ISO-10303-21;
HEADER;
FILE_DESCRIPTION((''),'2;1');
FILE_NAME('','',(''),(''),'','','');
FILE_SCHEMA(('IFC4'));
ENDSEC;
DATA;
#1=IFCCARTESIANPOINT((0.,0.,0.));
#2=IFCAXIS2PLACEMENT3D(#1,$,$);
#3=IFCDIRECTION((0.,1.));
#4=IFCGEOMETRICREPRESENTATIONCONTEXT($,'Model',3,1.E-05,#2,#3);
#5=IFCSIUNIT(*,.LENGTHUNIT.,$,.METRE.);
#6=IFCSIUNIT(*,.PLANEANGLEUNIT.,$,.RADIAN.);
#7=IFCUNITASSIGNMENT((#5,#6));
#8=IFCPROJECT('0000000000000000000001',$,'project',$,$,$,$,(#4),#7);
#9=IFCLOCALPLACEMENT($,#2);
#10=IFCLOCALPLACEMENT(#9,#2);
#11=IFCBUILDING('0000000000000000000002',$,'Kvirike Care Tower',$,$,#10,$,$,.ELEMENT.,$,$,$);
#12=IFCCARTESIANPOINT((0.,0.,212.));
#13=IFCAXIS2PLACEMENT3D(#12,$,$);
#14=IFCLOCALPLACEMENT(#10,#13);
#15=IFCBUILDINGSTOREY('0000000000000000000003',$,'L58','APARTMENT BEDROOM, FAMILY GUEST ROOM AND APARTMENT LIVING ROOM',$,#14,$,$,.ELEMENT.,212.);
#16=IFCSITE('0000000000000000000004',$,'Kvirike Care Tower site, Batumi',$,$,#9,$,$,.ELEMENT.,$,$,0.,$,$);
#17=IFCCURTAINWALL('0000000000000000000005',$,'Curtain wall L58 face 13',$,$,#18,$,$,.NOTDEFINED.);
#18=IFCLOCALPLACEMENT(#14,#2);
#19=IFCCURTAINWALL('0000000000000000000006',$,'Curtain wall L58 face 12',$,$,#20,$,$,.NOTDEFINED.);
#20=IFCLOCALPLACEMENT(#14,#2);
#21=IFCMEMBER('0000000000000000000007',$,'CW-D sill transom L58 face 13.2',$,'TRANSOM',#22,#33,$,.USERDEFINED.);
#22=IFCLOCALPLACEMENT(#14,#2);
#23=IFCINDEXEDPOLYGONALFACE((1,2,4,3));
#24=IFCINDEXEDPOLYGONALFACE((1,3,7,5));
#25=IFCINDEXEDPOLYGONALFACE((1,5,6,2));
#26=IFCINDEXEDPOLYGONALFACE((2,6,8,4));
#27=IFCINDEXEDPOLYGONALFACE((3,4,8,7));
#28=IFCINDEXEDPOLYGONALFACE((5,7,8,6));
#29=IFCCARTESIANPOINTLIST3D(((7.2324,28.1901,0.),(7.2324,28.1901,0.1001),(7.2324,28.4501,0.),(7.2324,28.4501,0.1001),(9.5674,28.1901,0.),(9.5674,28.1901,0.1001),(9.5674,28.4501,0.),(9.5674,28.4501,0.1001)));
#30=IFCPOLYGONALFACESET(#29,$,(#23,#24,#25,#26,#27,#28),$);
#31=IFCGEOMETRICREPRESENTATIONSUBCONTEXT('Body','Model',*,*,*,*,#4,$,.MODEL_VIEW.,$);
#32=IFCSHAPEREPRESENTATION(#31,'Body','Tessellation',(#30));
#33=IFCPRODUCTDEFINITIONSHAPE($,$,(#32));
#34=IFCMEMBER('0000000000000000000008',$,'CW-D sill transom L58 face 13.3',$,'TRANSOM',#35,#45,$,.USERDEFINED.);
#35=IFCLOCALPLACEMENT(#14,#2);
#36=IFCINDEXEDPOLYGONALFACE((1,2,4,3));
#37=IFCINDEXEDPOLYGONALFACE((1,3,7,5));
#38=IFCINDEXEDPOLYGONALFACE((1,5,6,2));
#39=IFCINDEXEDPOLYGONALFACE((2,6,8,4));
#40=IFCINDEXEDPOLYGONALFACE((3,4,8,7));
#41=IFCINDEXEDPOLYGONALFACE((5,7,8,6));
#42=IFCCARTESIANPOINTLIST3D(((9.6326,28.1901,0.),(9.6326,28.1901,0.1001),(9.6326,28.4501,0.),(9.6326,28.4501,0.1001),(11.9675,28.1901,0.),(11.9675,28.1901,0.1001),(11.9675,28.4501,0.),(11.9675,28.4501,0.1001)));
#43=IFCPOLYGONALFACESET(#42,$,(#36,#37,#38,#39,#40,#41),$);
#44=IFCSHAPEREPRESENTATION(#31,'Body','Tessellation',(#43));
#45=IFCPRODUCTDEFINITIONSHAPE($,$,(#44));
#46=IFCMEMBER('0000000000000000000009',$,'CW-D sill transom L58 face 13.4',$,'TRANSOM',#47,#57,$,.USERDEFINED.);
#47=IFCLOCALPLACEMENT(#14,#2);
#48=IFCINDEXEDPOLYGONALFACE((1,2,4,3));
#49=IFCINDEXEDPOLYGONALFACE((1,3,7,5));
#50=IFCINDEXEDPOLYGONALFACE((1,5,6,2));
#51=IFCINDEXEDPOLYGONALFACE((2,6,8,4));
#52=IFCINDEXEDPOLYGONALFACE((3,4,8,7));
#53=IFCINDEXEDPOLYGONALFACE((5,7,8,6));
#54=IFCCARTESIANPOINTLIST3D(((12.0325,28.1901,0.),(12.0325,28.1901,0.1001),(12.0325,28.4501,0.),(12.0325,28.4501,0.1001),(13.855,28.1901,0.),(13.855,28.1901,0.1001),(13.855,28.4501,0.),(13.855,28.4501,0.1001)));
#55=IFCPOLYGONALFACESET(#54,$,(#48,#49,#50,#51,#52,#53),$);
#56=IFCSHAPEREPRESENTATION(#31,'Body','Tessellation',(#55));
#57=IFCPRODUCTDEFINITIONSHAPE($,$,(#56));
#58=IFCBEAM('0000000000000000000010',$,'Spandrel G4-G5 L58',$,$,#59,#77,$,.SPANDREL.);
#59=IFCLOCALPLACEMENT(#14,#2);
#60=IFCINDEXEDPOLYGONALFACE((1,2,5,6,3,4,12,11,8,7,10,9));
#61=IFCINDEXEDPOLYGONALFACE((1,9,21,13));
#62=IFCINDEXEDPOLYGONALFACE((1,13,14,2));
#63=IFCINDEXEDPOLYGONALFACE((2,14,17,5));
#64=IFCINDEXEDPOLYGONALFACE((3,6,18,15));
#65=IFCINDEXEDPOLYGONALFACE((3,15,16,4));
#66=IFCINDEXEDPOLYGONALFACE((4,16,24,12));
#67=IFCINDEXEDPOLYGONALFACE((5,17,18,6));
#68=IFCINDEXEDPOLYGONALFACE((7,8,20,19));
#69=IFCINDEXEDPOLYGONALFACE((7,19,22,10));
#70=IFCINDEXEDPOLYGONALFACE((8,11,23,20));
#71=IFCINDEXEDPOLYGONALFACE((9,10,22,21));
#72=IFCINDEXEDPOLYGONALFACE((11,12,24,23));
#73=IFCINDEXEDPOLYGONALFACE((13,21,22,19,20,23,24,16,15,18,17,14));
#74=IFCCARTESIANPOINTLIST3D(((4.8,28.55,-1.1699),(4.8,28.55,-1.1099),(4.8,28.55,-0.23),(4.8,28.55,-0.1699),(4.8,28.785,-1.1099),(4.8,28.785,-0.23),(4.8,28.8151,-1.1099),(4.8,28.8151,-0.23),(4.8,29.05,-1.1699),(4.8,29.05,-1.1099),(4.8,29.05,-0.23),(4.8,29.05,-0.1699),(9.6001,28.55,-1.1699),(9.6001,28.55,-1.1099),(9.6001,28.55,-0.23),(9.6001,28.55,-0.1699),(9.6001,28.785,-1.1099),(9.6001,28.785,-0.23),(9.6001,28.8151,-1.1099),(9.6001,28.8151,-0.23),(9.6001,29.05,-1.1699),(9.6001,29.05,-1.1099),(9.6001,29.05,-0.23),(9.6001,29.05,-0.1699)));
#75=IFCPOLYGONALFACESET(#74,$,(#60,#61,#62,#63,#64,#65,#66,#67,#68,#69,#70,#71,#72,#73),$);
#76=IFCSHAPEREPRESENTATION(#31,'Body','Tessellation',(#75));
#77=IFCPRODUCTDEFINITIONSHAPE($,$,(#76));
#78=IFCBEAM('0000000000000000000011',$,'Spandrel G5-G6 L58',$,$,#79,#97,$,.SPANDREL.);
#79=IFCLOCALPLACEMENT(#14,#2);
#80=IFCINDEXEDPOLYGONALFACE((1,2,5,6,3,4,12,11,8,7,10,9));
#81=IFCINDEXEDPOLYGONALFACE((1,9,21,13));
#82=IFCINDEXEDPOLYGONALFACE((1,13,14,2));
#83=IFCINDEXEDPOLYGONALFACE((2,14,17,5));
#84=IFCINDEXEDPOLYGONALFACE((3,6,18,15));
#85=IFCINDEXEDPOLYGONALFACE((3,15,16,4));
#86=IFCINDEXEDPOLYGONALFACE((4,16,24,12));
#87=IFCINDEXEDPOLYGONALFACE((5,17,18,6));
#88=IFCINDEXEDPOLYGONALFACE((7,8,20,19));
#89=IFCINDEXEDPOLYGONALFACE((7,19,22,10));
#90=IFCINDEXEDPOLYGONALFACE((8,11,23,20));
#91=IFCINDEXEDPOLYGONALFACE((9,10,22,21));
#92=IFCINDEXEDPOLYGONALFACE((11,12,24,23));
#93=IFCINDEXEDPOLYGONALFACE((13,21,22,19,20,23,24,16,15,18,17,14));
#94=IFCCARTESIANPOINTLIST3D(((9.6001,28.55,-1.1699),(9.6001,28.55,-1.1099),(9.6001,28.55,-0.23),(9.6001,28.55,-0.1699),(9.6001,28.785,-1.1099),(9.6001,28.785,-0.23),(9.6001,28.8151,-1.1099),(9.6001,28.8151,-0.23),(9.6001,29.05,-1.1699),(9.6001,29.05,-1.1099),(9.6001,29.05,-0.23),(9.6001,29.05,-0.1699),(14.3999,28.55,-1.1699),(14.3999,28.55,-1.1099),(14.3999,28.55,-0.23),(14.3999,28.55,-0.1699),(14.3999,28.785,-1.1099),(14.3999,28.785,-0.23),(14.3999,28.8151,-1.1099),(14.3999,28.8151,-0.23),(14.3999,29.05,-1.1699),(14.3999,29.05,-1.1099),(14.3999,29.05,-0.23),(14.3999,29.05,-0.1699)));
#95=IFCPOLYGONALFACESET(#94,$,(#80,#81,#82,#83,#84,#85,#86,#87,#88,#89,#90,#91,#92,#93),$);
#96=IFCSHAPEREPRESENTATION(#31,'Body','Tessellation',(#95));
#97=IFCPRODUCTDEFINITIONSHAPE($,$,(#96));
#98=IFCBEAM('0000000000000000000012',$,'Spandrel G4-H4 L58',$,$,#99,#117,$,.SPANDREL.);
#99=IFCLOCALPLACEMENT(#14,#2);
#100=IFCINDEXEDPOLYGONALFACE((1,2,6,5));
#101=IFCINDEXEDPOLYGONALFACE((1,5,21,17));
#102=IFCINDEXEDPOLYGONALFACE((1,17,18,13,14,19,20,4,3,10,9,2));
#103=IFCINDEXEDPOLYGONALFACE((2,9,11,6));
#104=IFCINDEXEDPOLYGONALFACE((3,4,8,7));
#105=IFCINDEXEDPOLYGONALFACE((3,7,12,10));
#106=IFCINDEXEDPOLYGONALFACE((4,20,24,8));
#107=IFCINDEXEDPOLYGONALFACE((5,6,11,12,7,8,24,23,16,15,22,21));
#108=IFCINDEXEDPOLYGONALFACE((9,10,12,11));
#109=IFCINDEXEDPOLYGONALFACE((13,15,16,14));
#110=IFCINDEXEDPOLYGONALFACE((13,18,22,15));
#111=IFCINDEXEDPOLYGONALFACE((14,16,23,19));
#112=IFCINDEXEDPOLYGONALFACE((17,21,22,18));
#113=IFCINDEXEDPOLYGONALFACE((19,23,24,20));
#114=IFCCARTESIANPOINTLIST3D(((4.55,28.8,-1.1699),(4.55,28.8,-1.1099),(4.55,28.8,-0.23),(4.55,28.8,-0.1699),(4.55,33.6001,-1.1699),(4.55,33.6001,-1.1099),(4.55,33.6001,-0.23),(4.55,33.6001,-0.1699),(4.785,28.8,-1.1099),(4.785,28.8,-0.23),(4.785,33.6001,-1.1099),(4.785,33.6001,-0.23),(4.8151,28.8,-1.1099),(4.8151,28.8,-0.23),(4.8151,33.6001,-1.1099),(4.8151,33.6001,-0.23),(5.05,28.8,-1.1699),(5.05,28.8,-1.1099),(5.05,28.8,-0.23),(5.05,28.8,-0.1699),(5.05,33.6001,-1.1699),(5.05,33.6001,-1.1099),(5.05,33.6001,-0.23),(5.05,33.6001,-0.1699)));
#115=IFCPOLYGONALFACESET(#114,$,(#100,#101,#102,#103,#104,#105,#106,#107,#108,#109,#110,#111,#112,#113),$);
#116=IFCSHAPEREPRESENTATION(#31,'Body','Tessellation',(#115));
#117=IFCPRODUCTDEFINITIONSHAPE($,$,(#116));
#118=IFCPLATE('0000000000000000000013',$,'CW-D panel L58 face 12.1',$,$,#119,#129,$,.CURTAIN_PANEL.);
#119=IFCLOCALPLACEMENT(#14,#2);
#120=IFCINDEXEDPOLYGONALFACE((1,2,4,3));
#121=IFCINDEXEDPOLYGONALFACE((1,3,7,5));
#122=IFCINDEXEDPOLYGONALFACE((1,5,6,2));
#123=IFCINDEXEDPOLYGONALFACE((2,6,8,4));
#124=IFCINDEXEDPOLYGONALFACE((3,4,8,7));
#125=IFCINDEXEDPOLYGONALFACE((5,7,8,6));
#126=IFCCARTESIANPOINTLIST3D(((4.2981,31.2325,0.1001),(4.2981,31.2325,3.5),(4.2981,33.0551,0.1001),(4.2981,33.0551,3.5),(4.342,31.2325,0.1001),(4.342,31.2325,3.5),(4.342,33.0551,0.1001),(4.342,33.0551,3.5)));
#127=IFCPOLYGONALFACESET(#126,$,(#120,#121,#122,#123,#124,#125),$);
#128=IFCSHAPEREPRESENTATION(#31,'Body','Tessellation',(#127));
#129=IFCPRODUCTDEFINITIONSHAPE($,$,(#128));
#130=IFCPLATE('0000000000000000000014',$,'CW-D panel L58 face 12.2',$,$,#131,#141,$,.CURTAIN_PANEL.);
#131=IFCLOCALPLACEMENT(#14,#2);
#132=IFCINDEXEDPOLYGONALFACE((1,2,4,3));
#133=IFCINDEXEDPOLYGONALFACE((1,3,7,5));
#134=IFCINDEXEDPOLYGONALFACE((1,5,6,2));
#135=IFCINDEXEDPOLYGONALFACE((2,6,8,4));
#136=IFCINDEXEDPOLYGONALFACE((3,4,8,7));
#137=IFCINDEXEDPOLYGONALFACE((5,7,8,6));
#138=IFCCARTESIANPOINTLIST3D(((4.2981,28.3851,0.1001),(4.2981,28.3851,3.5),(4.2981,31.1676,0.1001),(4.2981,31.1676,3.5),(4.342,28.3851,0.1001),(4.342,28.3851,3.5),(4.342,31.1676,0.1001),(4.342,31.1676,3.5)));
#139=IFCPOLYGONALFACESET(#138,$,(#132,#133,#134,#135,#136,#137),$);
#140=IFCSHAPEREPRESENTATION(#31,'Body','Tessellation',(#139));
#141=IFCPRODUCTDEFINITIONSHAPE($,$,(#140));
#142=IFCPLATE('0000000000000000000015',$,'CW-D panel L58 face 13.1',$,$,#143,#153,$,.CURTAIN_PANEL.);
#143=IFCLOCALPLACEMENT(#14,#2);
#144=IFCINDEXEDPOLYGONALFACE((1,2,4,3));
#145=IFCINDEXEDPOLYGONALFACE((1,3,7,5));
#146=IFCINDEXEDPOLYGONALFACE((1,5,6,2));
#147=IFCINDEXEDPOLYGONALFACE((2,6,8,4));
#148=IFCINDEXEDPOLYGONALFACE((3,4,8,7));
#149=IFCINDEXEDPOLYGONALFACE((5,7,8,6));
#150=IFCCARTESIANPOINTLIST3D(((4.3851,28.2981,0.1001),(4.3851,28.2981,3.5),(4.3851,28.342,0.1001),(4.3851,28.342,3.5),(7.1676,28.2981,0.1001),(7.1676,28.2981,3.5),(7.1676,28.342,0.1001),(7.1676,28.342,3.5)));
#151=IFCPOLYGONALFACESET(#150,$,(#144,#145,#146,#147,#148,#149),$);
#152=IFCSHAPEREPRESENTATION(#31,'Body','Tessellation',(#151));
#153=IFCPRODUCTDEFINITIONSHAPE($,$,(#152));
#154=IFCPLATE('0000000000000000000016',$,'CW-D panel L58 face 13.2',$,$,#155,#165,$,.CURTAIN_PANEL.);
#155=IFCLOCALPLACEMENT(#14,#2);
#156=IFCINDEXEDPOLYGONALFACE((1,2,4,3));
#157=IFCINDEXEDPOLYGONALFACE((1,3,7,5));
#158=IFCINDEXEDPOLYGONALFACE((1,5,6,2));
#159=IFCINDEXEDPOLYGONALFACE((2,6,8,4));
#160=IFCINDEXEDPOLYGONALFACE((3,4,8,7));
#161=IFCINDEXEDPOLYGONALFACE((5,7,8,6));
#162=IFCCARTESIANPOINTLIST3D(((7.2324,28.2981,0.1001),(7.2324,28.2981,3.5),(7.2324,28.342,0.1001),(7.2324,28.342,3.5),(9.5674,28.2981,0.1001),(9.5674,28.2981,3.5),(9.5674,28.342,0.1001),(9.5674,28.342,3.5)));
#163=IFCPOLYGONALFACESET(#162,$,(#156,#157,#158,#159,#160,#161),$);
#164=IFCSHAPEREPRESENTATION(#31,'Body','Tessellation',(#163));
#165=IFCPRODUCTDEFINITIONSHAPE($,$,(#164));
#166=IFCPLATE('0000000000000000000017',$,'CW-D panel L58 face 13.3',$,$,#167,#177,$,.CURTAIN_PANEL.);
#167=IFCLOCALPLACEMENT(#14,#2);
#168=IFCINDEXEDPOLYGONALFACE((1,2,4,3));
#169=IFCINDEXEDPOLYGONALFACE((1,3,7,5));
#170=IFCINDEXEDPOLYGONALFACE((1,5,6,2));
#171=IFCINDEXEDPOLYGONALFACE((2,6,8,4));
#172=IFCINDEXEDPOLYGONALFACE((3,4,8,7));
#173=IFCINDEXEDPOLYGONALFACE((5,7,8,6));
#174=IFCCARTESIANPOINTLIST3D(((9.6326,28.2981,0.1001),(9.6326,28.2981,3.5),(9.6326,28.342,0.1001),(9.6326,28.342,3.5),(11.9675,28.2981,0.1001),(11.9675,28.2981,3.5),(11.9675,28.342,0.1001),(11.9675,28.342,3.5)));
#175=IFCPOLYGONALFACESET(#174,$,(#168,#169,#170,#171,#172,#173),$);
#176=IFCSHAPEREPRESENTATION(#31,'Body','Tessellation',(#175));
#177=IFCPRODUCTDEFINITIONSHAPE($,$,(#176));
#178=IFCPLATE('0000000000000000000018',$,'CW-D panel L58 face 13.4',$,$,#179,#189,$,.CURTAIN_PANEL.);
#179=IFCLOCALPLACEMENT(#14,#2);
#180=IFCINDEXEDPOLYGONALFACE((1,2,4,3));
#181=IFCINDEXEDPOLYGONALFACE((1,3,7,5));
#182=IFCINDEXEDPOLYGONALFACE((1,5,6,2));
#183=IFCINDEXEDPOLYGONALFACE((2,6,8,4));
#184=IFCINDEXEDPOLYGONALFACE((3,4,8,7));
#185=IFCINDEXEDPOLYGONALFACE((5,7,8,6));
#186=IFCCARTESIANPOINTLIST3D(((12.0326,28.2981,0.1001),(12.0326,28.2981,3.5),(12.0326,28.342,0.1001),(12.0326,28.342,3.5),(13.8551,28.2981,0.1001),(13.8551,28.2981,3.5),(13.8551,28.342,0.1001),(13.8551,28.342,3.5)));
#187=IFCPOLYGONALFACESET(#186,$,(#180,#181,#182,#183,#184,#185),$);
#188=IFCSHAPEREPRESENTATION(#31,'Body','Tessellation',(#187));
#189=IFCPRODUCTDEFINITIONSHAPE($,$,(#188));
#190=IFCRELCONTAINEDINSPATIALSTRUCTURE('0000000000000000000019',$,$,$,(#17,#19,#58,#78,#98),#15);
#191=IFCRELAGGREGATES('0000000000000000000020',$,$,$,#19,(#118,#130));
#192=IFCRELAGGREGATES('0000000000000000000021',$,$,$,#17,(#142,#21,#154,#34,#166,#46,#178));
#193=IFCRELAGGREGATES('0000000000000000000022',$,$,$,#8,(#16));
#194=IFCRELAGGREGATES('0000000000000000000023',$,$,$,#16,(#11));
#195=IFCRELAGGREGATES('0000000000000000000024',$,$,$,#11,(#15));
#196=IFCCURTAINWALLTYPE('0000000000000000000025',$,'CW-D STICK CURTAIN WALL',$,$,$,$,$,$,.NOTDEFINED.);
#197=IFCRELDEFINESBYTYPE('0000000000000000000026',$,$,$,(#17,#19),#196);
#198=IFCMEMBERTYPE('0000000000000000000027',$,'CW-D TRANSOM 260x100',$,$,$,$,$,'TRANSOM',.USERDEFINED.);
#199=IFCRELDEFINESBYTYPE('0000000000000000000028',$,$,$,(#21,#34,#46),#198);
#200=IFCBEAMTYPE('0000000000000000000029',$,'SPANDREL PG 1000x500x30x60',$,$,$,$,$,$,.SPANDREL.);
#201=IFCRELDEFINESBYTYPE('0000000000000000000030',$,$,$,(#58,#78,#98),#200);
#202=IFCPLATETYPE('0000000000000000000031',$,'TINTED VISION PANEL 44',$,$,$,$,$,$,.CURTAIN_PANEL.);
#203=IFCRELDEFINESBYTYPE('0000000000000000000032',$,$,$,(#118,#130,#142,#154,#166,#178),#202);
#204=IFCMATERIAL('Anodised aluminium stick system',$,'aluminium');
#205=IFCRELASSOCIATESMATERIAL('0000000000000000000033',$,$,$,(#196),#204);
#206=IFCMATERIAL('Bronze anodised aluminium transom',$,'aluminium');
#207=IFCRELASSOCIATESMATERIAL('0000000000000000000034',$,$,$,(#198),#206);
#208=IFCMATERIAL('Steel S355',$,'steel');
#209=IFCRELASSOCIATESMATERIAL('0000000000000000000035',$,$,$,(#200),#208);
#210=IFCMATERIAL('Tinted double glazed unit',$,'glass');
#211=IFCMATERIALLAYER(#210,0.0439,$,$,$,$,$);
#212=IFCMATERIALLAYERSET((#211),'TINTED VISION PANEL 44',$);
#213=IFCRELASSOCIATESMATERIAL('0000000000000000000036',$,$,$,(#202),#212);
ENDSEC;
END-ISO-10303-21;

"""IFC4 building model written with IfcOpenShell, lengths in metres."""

from ifc_helpers import new_model, si_unit, direction, frame, origin, origin_2d, place, context, subcontext, project, spatial, rectangle, i_section, extrude, material, layer, layer_set, material_profile, profile_set, type_object, element, aggregate, save


model = new_model("IFC4")

# Units and contexts
model_context = context("Model", 3, precision=1e-05, world=origin(), true_north=direction((0.0, 1.0)))
body_context = subcontext(model_context, "Body", "Model", "MODEL_VIEW")
ifc_project = project(units=[si_unit("LENGTHUNIT", "METRE"), si_unit("PLANEANGLEUNIT", "RADIAN")], contexts=[model_context])

# Site, building, storey
site_placement = place(None, origin())
site = spatial("IfcSite", under=ifc_project, at=site_placement, Name="Kvirike Care Tower site, Batumi", CompositionType="ELEMENT", RefElevation=0.0)
building_placement = place(site_placement, origin())
building = spatial("IfcBuilding", under=site, at=building_placement, Name="Kvirike Care Tower", CompositionType="ELEMENT")
storey_placement = place(building_placement, frame((0.0, 0.0, 212.0)))
storey = spatial("IfcBuildingStorey", under=building, at=storey_placement, Name="L58", Description="APARTMENT BEDROOM, FAMILY GUEST ROOM AND APARTMENT LIVING ROOM", CompositionType="ELEMENT", Elevation=212.0)

# Curtain wall
ifc_material_1 = material(Name="Anodised aluminium stick system", Category="aluminium")
curtain_wall_type = type_object("IfcCurtainWallType", Name="CW-D STICK CURTAIN WALL", PredefinedType="NOTDEFINED", material=ifc_material_1)
curtain_wall_1_placement = place(storey_placement, origin())
curtain_wall_1 = element("IfcCurtainWall", 1, at=curtain_wall_1_placement, inside=storey, type_object=curtain_wall_type, Name="Curtain wall L58 face 13", PredefinedType="NOTDEFINED")

# Curtain wall
curtain_wall_2_placement = place(storey_placement, origin())
curtain_wall_2 = element("IfcCurtainWall", 2, at=curtain_wall_2_placement, inside=storey, type_object=curtain_wall_type, Name="Curtain wall L58 face 12", PredefinedType="NOTDEFINED")

# Members
ifc_material_2 = material(Name="Bronze anodised aluminium transom", Category="aluminium")
ifc_material_profile_1 = material_profile(ifc_material_2, rectangle(XDim=0.26, YDim=0.1001, at=origin_2d()), Name="CW-D TRANSOM 260x100")
ifc_profile_set_1 = profile_set([ifc_material_profile_1], Name="Bronze anodised aluminium transom")
member_type_1 = type_object("IfcMemberType", Name="CW-D TRANSOM 260x100", ElementType="TRANSOM", PredefinedType="USERDEFINED", material=ifc_profile_set_1)
member_1_placement = place(storey_placement, frame((7.2324, 28.3201, 0.05), z_axis=(1.0, 0.0, 0.0), x_axis=(0.0, 1.0, 0.0)))
member_1 = element("IfcMember", 3, at=member_1_placement, type_object=member_type_1, Name="CW-D sill transom L58 face 13.2", ObjectType="TRANSOM", PredefinedType="USERDEFINED", context=body_context, shape_type="SweptSolid", body=[
    extrude(rectangle(XDim=0.26, YDim=0.1001, at=origin_2d()), origin(), (0.0, 0.0, 1.0), 2.335),
])
member_2_placement = place(storey_placement, frame((9.6326, 28.3201, 0.05), z_axis=(1.0, 0.0, 0.0), x_axis=(0.0, 1.0, 0.0)))
member_2 = element("IfcMember", 4, at=member_2_placement, type_object=member_type_1, Name="CW-D sill transom L58 face 13.3", ObjectType="TRANSOM", PredefinedType="USERDEFINED", context=body_context, shape_type="SweptSolid", body=[
    extrude(rectangle(XDim=0.26, YDim=0.1001, at=origin_2d()), origin(), (0.0, 0.0, 1.0), 2.335),
])
member_3_placement = place(storey_placement, frame((12.0325, 28.3201, 0.05), z_axis=(1.0, 0.0, 0.0), x_axis=(0.0, 1.0, 0.0)))
member_3 = element("IfcMember", 5, at=member_3_placement, type_object=member_type_1, Name="CW-D sill transom L58 face 13.4", ObjectType="TRANSOM", PredefinedType="USERDEFINED", context=body_context, shape_type="SweptSolid", body=[
    extrude(rectangle(XDim=0.26, YDim=0.1001, at=origin_2d()), origin(), (0.0, 0.0, 1.0), 1.8225),
])

# Beams
ifc_material_3 = material(Name="Steel S355", Category="steel")
ifc_material_profile_2 = material_profile(ifc_material_3, i_section(OverallWidth=0.5, OverallDepth=1.0, WebThickness=0.03, FlangeThickness=0.0601, at=origin_2d()), Name="PG 1000x500x30x60")
ifc_profile_set_2 = profile_set([ifc_material_profile_2], Name="Steel S355")
beam_type = type_object("IfcBeamType", Name="SPANDREL PG 1000x500x30x60", PredefinedType="SPANDREL", material=ifc_profile_set_2)
beam_1_placement = place(storey_placement, frame((4.8, 28.8, -0.6699), z_axis=(1.0, 0.0, 0.0), x_axis=(0.0, 1.0, 0.0)))
element("IfcBeam", 6, at=beam_1_placement, inside=storey, type_object=beam_type, Name="Spandrel G4-G5 L58", PredefinedType="SPANDREL", context=body_context, shape_type="SweptSolid", body=[
    extrude(i_section(OverallWidth=0.5, OverallDepth=1.0, WebThickness=0.03, FlangeThickness=0.0601, at=origin_2d()), origin(), (0.0, 0.0, 1.0), 4.8),
])
beam_2_placement = place(storey_placement, frame((9.6001, 28.8, -0.6699), z_axis=(1.0, 0.0, 0.0), x_axis=(0.0, 1.0, 0.0)))
element("IfcBeam", 7, at=beam_2_placement, inside=storey, type_object=beam_type, Name="Spandrel G5-G6 L58", PredefinedType="SPANDREL", context=body_context, shape_type="SweptSolid", body=[
    extrude(i_section(OverallWidth=0.5, OverallDepth=1.0, WebThickness=0.03, FlangeThickness=0.0601, at=origin_2d()), origin(), (0.0, 0.0, 1.0), 4.7998),
])
beam_3_placement = place(storey_placement, frame((4.8, 28.8, -0.6699), z_axis=(0.0, 1.0, 0.0), x_axis=(-1.0, 0.0, 0.0)))
element("IfcBeam", 8, at=beam_3_placement, inside=storey, type_object=beam_type, Name="Spandrel G4-H4 L58", PredefinedType="SPANDREL", context=body_context, shape_type="SweptSolid", body=[
    extrude(i_section(OverallWidth=0.5, OverallDepth=1.0, WebThickness=0.03, FlangeThickness=0.0601, at=origin_2d()), origin(), (0.0, 0.0, 1.0), 4.8),
])

# Plates
ifc_material_4 = material(Name="Tinted double glazed unit", Category="glass")
ifc_layer_1 = layer(ifc_material_4, 0.0439)
ifc_layer_set_1 = layer_set([ifc_layer_1], Name="TINTED VISION PANEL 44")
plate_type = type_object("IfcPlateType", Name="TINTED VISION PANEL 44", PredefinedType="CURTAIN_PANEL", material=ifc_layer_set_1)
plate_1_placement = place(storey_placement, frame((4.3201, 32.1438, 0.1001), z_axis=(0.0, 0.0, 1.0), x_axis=(0.0, -1.0, 0.0)))
plate_1 = element("IfcPlate", 9, at=plate_1_placement, type_object=plate_type, Name="CW-D panel L58 face 12.1", PredefinedType="CURTAIN_PANEL", context=body_context, shape_type="SweptSolid", body=[
    extrude(rectangle(XDim=1.8225, YDim=0.0439, at=origin_2d()), origin(), (0.0, 0.0, 1.0), 3.3999),
])
plate_2_placement = place(storey_placement, frame((4.3201, 29.7764, 0.1001), z_axis=(0.0, 0.0, 1.0), x_axis=(0.0, -1.0, 0.0)))
plate_2 = element("IfcPlate", 10, at=plate_2_placement, type_object=plate_type, Name="CW-D panel L58 face 12.2", PredefinedType="CURTAIN_PANEL", context=body_context, shape_type="SweptSolid", body=[
    extrude(rectangle(XDim=2.7825, YDim=0.0439, at=origin_2d()), origin(), (0.0, 0.0, 1.0), 3.3999),
])
aggregate(curtain_wall_2, [plate_1, plate_2])
plate_3_placement = place(storey_placement, frame((5.7764, 28.3201, 0.1001), z_axis=(0.0, 0.0, 1.0), x_axis=(1.0, 0.0, 0.0)))
plate_3 = element("IfcPlate", 11, at=plate_3_placement, type_object=plate_type, Name="CW-D panel L58 face 13.1", PredefinedType="CURTAIN_PANEL", context=body_context, shape_type="SweptSolid", body=[
    extrude(rectangle(XDim=2.7825, YDim=0.0439, at=origin_2d()), origin(), (0.0, 0.0, 1.0), 3.3999),
])
plate_4_placement = place(storey_placement, frame((8.3999, 28.3201, 0.1001), z_axis=(0.0, 0.0, 1.0), x_axis=(1.0, 0.0, 0.0)))
plate_4 = element("IfcPlate", 12, at=plate_4_placement, type_object=plate_type, Name="CW-D panel L58 face 13.2", PredefinedType="CURTAIN_PANEL", context=body_context, shape_type="SweptSolid", body=[
    extrude(rectangle(XDim=2.335, YDim=0.0439, at=origin_2d()), origin(), (0.0, 0.0, 1.0), 3.3999),
])
plate_5_placement = place(storey_placement, frame((10.8, 28.3201, 0.1001), z_axis=(0.0, 0.0, 1.0), x_axis=(1.0, 0.0, 0.0)))
plate_5 = element("IfcPlate", 13, at=plate_5_placement, type_object=plate_type, Name="CW-D panel L58 face 13.3", PredefinedType="CURTAIN_PANEL", context=body_context, shape_type="SweptSolid", body=[
    extrude(rectangle(XDim=2.335, YDim=0.0439, at=origin_2d()), origin(), (0.0, 0.0, 1.0), 3.3999),
])
plate_6_placement = place(storey_placement, frame((12.9438, 28.3201, 0.1001), z_axis=(0.0, 0.0, 1.0), x_axis=(1.0, 0.0, 0.0)))
plate_6 = element("IfcPlate", 14, at=plate_6_placement, type_object=plate_type, Name="CW-D panel L58 face 13.4", PredefinedType="CURTAIN_PANEL", context=body_context, shape_type="SweptSolid", body=[
    extrude(rectangle(XDim=1.8225, YDim=0.0439, at=origin_2d()), origin(), (0.0, 0.0, 1.0), 3.3999),
])
aggregate(curtain_wall_1, [plate_3, member_1, plate_4, member_2, plate_5, member_3, plate_6])

save(model, "model.ifc")
